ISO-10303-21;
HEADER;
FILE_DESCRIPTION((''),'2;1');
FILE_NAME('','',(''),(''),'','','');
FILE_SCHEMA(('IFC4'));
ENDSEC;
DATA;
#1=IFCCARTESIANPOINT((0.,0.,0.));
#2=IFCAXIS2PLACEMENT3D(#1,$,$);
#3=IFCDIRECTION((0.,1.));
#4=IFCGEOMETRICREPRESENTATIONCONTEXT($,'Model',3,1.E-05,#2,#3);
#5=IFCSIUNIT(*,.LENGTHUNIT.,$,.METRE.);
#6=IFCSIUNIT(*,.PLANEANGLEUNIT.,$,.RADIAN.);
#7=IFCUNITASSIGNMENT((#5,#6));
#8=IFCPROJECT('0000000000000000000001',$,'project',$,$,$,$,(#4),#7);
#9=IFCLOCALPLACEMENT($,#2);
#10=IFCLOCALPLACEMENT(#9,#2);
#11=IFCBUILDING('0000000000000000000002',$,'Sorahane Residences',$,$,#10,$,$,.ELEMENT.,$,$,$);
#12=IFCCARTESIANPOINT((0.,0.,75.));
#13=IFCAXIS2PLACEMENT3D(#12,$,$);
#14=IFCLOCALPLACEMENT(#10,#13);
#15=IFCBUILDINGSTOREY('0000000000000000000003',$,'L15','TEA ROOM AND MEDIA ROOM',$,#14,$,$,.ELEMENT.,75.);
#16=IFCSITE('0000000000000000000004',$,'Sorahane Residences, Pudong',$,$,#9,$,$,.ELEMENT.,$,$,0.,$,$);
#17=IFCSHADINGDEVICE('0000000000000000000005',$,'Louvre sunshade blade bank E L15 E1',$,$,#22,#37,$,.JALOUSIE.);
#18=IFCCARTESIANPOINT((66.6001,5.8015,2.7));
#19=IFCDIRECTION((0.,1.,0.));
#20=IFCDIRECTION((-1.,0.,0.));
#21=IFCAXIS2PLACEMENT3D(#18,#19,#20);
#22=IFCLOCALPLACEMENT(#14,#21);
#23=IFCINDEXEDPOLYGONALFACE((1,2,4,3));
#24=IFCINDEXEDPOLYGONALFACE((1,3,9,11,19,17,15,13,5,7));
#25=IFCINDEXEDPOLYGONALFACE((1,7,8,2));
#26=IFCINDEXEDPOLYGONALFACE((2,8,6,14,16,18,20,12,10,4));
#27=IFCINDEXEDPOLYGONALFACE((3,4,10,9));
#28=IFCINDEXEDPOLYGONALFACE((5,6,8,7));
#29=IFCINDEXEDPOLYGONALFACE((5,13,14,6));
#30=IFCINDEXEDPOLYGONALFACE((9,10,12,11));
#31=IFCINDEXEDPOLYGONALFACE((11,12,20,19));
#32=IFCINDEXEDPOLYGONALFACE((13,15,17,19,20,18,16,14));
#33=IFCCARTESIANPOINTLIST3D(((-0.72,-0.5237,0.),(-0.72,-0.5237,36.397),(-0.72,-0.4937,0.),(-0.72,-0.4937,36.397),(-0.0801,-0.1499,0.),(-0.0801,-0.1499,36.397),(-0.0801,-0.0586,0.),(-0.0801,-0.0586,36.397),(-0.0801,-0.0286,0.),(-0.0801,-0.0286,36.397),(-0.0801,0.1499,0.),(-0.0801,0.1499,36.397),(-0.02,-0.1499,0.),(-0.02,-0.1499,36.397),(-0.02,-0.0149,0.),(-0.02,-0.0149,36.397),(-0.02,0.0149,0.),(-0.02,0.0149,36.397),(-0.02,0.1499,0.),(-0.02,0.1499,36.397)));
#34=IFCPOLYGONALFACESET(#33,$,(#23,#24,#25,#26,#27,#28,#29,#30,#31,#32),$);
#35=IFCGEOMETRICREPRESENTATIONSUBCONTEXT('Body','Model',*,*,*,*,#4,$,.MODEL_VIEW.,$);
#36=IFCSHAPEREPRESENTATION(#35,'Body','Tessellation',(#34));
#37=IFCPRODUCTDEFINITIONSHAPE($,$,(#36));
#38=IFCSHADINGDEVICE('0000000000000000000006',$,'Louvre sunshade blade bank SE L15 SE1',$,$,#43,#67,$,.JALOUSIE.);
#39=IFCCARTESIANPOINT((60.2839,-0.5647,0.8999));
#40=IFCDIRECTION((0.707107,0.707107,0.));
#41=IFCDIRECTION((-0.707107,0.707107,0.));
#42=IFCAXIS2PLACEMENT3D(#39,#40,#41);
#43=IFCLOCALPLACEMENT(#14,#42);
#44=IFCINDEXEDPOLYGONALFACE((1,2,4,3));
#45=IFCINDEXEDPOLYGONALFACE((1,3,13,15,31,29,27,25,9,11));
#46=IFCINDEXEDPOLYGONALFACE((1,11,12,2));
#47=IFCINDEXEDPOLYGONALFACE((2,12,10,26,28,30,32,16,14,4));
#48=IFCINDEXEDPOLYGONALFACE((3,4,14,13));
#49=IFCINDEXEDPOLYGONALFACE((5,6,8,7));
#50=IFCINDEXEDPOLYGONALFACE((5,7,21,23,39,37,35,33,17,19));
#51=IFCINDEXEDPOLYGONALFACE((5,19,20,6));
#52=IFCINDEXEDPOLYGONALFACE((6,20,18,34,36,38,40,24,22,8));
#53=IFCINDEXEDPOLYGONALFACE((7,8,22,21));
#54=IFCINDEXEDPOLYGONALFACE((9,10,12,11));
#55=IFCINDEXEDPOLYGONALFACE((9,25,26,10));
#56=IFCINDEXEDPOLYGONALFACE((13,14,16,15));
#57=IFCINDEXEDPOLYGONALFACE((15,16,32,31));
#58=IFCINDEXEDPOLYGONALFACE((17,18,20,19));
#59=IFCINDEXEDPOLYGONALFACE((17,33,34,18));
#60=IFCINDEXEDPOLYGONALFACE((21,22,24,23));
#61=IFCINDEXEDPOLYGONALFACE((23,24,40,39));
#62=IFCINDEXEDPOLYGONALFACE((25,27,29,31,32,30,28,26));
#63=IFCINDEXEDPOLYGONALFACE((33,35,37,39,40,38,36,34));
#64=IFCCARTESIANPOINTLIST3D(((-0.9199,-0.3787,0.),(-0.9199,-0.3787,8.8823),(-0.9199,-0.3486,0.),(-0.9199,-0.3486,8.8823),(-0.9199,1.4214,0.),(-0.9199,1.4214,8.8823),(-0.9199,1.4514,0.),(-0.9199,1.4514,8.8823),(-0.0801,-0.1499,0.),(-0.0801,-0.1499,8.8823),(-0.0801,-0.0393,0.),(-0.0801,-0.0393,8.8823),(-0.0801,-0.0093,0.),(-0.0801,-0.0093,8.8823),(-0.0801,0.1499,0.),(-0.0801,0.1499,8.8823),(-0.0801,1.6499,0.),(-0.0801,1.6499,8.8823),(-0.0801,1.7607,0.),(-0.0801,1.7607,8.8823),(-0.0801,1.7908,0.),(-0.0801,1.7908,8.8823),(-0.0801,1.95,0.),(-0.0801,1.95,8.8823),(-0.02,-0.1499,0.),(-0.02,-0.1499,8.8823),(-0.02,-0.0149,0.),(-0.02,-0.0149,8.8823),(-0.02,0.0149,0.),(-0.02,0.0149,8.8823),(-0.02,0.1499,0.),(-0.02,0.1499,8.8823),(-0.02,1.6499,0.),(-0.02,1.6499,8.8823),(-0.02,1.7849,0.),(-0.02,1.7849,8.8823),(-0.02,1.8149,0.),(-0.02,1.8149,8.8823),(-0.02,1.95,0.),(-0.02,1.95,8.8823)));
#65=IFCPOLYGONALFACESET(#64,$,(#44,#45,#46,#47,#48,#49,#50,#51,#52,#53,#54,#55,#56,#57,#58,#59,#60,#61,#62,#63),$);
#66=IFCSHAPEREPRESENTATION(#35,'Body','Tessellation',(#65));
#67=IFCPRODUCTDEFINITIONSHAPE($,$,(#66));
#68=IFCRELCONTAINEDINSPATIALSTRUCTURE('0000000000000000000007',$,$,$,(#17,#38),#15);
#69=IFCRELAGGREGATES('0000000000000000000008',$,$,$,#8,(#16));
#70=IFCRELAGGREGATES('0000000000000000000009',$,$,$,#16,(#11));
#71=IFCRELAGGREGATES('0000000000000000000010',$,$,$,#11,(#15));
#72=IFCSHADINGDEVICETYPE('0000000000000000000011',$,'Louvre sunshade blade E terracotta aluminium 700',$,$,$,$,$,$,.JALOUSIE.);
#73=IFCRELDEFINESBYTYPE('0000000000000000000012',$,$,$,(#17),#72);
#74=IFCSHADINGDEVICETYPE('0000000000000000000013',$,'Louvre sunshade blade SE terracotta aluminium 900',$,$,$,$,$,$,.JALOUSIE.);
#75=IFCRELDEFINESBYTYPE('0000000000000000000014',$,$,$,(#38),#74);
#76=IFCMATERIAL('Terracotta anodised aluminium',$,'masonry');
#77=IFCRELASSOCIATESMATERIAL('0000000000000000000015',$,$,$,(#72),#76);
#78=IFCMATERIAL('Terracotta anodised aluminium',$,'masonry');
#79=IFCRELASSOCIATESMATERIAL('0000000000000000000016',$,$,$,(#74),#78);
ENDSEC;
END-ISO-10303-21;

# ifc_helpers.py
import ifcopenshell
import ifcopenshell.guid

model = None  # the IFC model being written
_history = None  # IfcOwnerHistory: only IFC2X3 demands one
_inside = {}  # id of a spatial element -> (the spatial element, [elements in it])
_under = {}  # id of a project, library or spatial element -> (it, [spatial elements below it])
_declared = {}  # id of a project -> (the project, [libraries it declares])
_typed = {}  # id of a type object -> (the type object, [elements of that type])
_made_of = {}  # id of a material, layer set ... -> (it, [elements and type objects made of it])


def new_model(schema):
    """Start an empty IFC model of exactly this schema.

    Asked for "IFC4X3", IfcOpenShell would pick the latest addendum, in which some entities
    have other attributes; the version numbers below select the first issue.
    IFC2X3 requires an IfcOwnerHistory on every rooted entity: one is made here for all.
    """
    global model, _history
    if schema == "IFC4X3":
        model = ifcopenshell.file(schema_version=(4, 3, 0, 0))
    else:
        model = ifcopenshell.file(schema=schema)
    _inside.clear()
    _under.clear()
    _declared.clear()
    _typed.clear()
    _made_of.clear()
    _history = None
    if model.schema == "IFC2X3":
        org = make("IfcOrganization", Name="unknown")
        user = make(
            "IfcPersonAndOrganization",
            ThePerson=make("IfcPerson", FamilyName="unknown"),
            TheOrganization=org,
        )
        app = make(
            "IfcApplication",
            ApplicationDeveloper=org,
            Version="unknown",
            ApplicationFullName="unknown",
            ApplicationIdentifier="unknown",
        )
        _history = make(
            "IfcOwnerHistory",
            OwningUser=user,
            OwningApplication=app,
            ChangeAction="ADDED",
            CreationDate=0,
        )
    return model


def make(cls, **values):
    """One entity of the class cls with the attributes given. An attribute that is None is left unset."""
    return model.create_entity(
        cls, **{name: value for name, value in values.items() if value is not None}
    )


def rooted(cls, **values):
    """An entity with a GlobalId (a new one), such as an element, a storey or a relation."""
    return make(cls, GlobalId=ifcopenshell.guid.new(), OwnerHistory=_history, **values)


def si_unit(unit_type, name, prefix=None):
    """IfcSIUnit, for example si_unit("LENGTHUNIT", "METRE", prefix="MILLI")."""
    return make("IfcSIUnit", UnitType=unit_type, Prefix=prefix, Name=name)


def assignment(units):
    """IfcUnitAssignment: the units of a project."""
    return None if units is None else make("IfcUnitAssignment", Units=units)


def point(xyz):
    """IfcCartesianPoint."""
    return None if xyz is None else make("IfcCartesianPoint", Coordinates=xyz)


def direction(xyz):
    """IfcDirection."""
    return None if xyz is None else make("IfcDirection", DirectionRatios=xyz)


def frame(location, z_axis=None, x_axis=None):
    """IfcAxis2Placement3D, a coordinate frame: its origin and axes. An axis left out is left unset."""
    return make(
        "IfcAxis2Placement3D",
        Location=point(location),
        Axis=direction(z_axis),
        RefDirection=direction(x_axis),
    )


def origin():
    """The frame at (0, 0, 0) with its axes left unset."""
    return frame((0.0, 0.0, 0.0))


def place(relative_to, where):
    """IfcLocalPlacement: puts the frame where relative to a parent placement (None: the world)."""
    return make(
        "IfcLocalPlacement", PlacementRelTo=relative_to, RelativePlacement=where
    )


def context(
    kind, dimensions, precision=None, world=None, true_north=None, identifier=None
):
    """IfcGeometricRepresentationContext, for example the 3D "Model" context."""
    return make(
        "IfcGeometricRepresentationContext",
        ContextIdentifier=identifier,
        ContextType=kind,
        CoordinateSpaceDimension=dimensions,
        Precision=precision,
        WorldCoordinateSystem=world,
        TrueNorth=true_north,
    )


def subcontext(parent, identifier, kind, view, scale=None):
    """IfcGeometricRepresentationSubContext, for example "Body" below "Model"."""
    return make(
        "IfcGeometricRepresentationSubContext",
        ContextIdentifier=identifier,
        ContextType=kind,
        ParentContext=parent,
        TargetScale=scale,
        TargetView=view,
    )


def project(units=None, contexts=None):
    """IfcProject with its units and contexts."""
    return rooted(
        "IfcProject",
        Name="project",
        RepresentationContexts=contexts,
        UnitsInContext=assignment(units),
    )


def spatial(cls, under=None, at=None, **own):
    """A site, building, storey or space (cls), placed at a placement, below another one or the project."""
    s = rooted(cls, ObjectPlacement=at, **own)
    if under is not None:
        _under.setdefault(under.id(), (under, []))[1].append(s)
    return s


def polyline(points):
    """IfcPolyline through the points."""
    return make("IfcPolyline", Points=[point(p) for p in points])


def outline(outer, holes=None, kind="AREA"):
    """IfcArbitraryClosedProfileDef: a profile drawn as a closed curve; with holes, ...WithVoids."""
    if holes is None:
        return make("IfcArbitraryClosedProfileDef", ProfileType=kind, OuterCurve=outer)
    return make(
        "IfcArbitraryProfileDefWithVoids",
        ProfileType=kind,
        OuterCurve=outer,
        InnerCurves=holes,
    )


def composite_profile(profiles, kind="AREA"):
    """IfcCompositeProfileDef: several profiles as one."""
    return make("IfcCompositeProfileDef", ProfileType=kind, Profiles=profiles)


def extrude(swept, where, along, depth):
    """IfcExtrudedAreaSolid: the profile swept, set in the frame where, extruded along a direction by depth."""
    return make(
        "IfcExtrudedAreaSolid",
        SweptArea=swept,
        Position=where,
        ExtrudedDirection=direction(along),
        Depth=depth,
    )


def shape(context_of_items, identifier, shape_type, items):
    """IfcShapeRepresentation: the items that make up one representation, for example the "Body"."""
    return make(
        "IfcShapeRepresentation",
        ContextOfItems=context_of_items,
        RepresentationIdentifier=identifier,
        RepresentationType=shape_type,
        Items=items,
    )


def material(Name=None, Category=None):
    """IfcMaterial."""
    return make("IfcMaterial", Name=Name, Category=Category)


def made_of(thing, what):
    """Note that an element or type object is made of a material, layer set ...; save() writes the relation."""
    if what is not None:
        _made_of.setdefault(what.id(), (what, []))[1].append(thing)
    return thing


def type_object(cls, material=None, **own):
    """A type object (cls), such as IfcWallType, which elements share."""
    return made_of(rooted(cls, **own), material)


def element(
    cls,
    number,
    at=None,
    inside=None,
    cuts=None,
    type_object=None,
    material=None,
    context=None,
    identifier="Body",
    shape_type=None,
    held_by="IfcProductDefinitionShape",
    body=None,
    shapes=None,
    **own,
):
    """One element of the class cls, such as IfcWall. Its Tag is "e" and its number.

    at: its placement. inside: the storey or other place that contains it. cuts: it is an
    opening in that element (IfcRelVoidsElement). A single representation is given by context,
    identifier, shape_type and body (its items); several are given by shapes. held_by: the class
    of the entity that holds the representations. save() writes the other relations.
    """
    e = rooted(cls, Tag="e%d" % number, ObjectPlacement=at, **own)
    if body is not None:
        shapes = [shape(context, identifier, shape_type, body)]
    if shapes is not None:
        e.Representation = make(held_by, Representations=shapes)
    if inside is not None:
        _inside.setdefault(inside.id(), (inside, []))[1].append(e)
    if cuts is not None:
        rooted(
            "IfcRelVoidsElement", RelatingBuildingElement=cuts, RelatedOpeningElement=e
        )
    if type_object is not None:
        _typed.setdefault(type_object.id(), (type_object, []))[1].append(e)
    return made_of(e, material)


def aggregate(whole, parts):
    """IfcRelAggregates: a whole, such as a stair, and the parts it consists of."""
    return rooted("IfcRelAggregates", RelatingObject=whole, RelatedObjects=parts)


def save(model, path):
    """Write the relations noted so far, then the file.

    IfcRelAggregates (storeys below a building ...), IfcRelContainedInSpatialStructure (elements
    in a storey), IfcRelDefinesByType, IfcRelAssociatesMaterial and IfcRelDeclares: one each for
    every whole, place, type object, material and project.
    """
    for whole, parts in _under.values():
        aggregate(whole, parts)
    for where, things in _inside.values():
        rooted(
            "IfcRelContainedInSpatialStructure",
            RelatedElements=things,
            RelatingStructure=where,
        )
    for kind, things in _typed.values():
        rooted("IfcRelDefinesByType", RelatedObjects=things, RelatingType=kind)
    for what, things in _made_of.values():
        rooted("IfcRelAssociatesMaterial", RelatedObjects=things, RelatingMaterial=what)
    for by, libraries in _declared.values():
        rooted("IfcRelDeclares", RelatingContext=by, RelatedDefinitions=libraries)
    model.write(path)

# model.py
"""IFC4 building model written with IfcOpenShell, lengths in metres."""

from ifc_helpers import new_model, si_unit, direction, frame, origin, place, context, subcontext, project, spatial, polyline, outline, composite_profile, extrude, material, type_object, element, save


model = new_model("IFC4")

# Units and contexts
model_context = context("Model", 3, precision=1e-05, world=origin(), true_north=direction((0.0, 1.0)))
body_context = subcontext(model_context, "Body", "Model", "MODEL_VIEW")
ifc_project = project(units=[si_unit("LENGTHUNIT", "METRE"), si_unit("PLANEANGLEUNIT", "RADIAN")], contexts=[model_context])

# Site, building, storey
site_placement = place(None, origin())
site = spatial("IfcSite", under=ifc_project, at=site_placement, Name="Sorahane Residences, Pudong", CompositionType="ELEMENT", RefElevation=0.0)
building_placement = place(site_placement, origin())
building = spatial("IfcBuilding", under=site, at=building_placement, Name="Sorahane Residences", CompositionType="ELEMENT")
storey_placement = place(building_placement, frame((0.0, 0.0, 75.0)))
storey = spatial("IfcBuildingStorey", under=building, at=storey_placement, Name="L15", Description="TEA ROOM AND MEDIA ROOM", CompositionType="ELEMENT", Elevation=75.0)

# Shading devices
ifc_material_1 = material(Name="Terracotta anodised aluminium", Category="masonry")
shading_device_type_1 = type_object("IfcShadingDeviceType", Name="Louvre sunshade blade E terracotta aluminium 700", PredefinedType="JALOUSIE", material=ifc_material_1)
shading_device_1_placement = place(storey_placement, frame((66.6001, 5.8015, 2.7), z_axis=(0.0, 1.0, 0.0), x_axis=(-1.0, 0.0, 0.0)))
element("IfcShadingDevice", 1, at=shading_device_1_placement, inside=storey, type_object=shading_device_type_1, Name="Louvre sunshade blade bank E L15 E1", PredefinedType="JALOUSIE", context=body_context, shape_type="SweptSolid", body=[
    extrude(outline(polyline([(-0.72, -0.4937), (-0.72, -0.5237), (-0.0801, -0.0586), (-0.0801, -0.1499), (-0.02, -0.1499), (-0.02, -0.0149), (-0.02, 0.0149), (-0.02, 0.1499), (-0.0801, 0.1499), (-0.0801, -0.0286), (-0.72, -0.4937)])), origin(), (0.0, 0.0, 1.0), 36.397),
])
ifc_material_2 = material(Name="Terracotta anodised aluminium", Category="masonry")
shading_device_type_2 = type_object("IfcShadingDeviceType", Name="Louvre sunshade blade SE terracotta aluminium 900", PredefinedType="JALOUSIE", material=ifc_material_2)
shading_device_2_placement = place(storey_placement, frame((60.2839, -0.5647, 0.8999), z_axis=(0.707107, 0.707107, 0.0), x_axis=(-0.707107, 0.707107, 0.0)))
element("IfcShadingDevice", 2, at=shading_device_2_placement, inside=storey, type_object=shading_device_type_2, Name="Louvre sunshade blade bank SE L15 SE1", PredefinedType="JALOUSIE", context=body_context, shape_type="SweptSolid", body=[
    extrude(composite_profile([outline(polyline([(-0.9199, -0.3486), (-0.9199, -0.3787), (-0.0801, -0.0393), (-0.0801, -0.1499), (-0.02, -0.1499), (-0.02, -0.0149), (-0.02, 0.0149), (-0.02, 0.1499), (-0.0801, 0.1499), (-0.0801, -0.0093), (-0.9199, -0.3486)])), outline(polyline([(-0.9199, 1.4514), (-0.9199, 1.4214), (-0.0801, 1.7607), (-0.0801, 1.6499), (-0.02, 1.6499), (-0.02, 1.7849), (-0.02, 1.8149), (-0.02, 1.95), (-0.0801, 1.95), (-0.0801, 1.7908), (-0.9199, 1.4514)]))]), origin(), (0.0, 0.0, 1.0), 8.8823),
])

save(model, "model.ifc")
